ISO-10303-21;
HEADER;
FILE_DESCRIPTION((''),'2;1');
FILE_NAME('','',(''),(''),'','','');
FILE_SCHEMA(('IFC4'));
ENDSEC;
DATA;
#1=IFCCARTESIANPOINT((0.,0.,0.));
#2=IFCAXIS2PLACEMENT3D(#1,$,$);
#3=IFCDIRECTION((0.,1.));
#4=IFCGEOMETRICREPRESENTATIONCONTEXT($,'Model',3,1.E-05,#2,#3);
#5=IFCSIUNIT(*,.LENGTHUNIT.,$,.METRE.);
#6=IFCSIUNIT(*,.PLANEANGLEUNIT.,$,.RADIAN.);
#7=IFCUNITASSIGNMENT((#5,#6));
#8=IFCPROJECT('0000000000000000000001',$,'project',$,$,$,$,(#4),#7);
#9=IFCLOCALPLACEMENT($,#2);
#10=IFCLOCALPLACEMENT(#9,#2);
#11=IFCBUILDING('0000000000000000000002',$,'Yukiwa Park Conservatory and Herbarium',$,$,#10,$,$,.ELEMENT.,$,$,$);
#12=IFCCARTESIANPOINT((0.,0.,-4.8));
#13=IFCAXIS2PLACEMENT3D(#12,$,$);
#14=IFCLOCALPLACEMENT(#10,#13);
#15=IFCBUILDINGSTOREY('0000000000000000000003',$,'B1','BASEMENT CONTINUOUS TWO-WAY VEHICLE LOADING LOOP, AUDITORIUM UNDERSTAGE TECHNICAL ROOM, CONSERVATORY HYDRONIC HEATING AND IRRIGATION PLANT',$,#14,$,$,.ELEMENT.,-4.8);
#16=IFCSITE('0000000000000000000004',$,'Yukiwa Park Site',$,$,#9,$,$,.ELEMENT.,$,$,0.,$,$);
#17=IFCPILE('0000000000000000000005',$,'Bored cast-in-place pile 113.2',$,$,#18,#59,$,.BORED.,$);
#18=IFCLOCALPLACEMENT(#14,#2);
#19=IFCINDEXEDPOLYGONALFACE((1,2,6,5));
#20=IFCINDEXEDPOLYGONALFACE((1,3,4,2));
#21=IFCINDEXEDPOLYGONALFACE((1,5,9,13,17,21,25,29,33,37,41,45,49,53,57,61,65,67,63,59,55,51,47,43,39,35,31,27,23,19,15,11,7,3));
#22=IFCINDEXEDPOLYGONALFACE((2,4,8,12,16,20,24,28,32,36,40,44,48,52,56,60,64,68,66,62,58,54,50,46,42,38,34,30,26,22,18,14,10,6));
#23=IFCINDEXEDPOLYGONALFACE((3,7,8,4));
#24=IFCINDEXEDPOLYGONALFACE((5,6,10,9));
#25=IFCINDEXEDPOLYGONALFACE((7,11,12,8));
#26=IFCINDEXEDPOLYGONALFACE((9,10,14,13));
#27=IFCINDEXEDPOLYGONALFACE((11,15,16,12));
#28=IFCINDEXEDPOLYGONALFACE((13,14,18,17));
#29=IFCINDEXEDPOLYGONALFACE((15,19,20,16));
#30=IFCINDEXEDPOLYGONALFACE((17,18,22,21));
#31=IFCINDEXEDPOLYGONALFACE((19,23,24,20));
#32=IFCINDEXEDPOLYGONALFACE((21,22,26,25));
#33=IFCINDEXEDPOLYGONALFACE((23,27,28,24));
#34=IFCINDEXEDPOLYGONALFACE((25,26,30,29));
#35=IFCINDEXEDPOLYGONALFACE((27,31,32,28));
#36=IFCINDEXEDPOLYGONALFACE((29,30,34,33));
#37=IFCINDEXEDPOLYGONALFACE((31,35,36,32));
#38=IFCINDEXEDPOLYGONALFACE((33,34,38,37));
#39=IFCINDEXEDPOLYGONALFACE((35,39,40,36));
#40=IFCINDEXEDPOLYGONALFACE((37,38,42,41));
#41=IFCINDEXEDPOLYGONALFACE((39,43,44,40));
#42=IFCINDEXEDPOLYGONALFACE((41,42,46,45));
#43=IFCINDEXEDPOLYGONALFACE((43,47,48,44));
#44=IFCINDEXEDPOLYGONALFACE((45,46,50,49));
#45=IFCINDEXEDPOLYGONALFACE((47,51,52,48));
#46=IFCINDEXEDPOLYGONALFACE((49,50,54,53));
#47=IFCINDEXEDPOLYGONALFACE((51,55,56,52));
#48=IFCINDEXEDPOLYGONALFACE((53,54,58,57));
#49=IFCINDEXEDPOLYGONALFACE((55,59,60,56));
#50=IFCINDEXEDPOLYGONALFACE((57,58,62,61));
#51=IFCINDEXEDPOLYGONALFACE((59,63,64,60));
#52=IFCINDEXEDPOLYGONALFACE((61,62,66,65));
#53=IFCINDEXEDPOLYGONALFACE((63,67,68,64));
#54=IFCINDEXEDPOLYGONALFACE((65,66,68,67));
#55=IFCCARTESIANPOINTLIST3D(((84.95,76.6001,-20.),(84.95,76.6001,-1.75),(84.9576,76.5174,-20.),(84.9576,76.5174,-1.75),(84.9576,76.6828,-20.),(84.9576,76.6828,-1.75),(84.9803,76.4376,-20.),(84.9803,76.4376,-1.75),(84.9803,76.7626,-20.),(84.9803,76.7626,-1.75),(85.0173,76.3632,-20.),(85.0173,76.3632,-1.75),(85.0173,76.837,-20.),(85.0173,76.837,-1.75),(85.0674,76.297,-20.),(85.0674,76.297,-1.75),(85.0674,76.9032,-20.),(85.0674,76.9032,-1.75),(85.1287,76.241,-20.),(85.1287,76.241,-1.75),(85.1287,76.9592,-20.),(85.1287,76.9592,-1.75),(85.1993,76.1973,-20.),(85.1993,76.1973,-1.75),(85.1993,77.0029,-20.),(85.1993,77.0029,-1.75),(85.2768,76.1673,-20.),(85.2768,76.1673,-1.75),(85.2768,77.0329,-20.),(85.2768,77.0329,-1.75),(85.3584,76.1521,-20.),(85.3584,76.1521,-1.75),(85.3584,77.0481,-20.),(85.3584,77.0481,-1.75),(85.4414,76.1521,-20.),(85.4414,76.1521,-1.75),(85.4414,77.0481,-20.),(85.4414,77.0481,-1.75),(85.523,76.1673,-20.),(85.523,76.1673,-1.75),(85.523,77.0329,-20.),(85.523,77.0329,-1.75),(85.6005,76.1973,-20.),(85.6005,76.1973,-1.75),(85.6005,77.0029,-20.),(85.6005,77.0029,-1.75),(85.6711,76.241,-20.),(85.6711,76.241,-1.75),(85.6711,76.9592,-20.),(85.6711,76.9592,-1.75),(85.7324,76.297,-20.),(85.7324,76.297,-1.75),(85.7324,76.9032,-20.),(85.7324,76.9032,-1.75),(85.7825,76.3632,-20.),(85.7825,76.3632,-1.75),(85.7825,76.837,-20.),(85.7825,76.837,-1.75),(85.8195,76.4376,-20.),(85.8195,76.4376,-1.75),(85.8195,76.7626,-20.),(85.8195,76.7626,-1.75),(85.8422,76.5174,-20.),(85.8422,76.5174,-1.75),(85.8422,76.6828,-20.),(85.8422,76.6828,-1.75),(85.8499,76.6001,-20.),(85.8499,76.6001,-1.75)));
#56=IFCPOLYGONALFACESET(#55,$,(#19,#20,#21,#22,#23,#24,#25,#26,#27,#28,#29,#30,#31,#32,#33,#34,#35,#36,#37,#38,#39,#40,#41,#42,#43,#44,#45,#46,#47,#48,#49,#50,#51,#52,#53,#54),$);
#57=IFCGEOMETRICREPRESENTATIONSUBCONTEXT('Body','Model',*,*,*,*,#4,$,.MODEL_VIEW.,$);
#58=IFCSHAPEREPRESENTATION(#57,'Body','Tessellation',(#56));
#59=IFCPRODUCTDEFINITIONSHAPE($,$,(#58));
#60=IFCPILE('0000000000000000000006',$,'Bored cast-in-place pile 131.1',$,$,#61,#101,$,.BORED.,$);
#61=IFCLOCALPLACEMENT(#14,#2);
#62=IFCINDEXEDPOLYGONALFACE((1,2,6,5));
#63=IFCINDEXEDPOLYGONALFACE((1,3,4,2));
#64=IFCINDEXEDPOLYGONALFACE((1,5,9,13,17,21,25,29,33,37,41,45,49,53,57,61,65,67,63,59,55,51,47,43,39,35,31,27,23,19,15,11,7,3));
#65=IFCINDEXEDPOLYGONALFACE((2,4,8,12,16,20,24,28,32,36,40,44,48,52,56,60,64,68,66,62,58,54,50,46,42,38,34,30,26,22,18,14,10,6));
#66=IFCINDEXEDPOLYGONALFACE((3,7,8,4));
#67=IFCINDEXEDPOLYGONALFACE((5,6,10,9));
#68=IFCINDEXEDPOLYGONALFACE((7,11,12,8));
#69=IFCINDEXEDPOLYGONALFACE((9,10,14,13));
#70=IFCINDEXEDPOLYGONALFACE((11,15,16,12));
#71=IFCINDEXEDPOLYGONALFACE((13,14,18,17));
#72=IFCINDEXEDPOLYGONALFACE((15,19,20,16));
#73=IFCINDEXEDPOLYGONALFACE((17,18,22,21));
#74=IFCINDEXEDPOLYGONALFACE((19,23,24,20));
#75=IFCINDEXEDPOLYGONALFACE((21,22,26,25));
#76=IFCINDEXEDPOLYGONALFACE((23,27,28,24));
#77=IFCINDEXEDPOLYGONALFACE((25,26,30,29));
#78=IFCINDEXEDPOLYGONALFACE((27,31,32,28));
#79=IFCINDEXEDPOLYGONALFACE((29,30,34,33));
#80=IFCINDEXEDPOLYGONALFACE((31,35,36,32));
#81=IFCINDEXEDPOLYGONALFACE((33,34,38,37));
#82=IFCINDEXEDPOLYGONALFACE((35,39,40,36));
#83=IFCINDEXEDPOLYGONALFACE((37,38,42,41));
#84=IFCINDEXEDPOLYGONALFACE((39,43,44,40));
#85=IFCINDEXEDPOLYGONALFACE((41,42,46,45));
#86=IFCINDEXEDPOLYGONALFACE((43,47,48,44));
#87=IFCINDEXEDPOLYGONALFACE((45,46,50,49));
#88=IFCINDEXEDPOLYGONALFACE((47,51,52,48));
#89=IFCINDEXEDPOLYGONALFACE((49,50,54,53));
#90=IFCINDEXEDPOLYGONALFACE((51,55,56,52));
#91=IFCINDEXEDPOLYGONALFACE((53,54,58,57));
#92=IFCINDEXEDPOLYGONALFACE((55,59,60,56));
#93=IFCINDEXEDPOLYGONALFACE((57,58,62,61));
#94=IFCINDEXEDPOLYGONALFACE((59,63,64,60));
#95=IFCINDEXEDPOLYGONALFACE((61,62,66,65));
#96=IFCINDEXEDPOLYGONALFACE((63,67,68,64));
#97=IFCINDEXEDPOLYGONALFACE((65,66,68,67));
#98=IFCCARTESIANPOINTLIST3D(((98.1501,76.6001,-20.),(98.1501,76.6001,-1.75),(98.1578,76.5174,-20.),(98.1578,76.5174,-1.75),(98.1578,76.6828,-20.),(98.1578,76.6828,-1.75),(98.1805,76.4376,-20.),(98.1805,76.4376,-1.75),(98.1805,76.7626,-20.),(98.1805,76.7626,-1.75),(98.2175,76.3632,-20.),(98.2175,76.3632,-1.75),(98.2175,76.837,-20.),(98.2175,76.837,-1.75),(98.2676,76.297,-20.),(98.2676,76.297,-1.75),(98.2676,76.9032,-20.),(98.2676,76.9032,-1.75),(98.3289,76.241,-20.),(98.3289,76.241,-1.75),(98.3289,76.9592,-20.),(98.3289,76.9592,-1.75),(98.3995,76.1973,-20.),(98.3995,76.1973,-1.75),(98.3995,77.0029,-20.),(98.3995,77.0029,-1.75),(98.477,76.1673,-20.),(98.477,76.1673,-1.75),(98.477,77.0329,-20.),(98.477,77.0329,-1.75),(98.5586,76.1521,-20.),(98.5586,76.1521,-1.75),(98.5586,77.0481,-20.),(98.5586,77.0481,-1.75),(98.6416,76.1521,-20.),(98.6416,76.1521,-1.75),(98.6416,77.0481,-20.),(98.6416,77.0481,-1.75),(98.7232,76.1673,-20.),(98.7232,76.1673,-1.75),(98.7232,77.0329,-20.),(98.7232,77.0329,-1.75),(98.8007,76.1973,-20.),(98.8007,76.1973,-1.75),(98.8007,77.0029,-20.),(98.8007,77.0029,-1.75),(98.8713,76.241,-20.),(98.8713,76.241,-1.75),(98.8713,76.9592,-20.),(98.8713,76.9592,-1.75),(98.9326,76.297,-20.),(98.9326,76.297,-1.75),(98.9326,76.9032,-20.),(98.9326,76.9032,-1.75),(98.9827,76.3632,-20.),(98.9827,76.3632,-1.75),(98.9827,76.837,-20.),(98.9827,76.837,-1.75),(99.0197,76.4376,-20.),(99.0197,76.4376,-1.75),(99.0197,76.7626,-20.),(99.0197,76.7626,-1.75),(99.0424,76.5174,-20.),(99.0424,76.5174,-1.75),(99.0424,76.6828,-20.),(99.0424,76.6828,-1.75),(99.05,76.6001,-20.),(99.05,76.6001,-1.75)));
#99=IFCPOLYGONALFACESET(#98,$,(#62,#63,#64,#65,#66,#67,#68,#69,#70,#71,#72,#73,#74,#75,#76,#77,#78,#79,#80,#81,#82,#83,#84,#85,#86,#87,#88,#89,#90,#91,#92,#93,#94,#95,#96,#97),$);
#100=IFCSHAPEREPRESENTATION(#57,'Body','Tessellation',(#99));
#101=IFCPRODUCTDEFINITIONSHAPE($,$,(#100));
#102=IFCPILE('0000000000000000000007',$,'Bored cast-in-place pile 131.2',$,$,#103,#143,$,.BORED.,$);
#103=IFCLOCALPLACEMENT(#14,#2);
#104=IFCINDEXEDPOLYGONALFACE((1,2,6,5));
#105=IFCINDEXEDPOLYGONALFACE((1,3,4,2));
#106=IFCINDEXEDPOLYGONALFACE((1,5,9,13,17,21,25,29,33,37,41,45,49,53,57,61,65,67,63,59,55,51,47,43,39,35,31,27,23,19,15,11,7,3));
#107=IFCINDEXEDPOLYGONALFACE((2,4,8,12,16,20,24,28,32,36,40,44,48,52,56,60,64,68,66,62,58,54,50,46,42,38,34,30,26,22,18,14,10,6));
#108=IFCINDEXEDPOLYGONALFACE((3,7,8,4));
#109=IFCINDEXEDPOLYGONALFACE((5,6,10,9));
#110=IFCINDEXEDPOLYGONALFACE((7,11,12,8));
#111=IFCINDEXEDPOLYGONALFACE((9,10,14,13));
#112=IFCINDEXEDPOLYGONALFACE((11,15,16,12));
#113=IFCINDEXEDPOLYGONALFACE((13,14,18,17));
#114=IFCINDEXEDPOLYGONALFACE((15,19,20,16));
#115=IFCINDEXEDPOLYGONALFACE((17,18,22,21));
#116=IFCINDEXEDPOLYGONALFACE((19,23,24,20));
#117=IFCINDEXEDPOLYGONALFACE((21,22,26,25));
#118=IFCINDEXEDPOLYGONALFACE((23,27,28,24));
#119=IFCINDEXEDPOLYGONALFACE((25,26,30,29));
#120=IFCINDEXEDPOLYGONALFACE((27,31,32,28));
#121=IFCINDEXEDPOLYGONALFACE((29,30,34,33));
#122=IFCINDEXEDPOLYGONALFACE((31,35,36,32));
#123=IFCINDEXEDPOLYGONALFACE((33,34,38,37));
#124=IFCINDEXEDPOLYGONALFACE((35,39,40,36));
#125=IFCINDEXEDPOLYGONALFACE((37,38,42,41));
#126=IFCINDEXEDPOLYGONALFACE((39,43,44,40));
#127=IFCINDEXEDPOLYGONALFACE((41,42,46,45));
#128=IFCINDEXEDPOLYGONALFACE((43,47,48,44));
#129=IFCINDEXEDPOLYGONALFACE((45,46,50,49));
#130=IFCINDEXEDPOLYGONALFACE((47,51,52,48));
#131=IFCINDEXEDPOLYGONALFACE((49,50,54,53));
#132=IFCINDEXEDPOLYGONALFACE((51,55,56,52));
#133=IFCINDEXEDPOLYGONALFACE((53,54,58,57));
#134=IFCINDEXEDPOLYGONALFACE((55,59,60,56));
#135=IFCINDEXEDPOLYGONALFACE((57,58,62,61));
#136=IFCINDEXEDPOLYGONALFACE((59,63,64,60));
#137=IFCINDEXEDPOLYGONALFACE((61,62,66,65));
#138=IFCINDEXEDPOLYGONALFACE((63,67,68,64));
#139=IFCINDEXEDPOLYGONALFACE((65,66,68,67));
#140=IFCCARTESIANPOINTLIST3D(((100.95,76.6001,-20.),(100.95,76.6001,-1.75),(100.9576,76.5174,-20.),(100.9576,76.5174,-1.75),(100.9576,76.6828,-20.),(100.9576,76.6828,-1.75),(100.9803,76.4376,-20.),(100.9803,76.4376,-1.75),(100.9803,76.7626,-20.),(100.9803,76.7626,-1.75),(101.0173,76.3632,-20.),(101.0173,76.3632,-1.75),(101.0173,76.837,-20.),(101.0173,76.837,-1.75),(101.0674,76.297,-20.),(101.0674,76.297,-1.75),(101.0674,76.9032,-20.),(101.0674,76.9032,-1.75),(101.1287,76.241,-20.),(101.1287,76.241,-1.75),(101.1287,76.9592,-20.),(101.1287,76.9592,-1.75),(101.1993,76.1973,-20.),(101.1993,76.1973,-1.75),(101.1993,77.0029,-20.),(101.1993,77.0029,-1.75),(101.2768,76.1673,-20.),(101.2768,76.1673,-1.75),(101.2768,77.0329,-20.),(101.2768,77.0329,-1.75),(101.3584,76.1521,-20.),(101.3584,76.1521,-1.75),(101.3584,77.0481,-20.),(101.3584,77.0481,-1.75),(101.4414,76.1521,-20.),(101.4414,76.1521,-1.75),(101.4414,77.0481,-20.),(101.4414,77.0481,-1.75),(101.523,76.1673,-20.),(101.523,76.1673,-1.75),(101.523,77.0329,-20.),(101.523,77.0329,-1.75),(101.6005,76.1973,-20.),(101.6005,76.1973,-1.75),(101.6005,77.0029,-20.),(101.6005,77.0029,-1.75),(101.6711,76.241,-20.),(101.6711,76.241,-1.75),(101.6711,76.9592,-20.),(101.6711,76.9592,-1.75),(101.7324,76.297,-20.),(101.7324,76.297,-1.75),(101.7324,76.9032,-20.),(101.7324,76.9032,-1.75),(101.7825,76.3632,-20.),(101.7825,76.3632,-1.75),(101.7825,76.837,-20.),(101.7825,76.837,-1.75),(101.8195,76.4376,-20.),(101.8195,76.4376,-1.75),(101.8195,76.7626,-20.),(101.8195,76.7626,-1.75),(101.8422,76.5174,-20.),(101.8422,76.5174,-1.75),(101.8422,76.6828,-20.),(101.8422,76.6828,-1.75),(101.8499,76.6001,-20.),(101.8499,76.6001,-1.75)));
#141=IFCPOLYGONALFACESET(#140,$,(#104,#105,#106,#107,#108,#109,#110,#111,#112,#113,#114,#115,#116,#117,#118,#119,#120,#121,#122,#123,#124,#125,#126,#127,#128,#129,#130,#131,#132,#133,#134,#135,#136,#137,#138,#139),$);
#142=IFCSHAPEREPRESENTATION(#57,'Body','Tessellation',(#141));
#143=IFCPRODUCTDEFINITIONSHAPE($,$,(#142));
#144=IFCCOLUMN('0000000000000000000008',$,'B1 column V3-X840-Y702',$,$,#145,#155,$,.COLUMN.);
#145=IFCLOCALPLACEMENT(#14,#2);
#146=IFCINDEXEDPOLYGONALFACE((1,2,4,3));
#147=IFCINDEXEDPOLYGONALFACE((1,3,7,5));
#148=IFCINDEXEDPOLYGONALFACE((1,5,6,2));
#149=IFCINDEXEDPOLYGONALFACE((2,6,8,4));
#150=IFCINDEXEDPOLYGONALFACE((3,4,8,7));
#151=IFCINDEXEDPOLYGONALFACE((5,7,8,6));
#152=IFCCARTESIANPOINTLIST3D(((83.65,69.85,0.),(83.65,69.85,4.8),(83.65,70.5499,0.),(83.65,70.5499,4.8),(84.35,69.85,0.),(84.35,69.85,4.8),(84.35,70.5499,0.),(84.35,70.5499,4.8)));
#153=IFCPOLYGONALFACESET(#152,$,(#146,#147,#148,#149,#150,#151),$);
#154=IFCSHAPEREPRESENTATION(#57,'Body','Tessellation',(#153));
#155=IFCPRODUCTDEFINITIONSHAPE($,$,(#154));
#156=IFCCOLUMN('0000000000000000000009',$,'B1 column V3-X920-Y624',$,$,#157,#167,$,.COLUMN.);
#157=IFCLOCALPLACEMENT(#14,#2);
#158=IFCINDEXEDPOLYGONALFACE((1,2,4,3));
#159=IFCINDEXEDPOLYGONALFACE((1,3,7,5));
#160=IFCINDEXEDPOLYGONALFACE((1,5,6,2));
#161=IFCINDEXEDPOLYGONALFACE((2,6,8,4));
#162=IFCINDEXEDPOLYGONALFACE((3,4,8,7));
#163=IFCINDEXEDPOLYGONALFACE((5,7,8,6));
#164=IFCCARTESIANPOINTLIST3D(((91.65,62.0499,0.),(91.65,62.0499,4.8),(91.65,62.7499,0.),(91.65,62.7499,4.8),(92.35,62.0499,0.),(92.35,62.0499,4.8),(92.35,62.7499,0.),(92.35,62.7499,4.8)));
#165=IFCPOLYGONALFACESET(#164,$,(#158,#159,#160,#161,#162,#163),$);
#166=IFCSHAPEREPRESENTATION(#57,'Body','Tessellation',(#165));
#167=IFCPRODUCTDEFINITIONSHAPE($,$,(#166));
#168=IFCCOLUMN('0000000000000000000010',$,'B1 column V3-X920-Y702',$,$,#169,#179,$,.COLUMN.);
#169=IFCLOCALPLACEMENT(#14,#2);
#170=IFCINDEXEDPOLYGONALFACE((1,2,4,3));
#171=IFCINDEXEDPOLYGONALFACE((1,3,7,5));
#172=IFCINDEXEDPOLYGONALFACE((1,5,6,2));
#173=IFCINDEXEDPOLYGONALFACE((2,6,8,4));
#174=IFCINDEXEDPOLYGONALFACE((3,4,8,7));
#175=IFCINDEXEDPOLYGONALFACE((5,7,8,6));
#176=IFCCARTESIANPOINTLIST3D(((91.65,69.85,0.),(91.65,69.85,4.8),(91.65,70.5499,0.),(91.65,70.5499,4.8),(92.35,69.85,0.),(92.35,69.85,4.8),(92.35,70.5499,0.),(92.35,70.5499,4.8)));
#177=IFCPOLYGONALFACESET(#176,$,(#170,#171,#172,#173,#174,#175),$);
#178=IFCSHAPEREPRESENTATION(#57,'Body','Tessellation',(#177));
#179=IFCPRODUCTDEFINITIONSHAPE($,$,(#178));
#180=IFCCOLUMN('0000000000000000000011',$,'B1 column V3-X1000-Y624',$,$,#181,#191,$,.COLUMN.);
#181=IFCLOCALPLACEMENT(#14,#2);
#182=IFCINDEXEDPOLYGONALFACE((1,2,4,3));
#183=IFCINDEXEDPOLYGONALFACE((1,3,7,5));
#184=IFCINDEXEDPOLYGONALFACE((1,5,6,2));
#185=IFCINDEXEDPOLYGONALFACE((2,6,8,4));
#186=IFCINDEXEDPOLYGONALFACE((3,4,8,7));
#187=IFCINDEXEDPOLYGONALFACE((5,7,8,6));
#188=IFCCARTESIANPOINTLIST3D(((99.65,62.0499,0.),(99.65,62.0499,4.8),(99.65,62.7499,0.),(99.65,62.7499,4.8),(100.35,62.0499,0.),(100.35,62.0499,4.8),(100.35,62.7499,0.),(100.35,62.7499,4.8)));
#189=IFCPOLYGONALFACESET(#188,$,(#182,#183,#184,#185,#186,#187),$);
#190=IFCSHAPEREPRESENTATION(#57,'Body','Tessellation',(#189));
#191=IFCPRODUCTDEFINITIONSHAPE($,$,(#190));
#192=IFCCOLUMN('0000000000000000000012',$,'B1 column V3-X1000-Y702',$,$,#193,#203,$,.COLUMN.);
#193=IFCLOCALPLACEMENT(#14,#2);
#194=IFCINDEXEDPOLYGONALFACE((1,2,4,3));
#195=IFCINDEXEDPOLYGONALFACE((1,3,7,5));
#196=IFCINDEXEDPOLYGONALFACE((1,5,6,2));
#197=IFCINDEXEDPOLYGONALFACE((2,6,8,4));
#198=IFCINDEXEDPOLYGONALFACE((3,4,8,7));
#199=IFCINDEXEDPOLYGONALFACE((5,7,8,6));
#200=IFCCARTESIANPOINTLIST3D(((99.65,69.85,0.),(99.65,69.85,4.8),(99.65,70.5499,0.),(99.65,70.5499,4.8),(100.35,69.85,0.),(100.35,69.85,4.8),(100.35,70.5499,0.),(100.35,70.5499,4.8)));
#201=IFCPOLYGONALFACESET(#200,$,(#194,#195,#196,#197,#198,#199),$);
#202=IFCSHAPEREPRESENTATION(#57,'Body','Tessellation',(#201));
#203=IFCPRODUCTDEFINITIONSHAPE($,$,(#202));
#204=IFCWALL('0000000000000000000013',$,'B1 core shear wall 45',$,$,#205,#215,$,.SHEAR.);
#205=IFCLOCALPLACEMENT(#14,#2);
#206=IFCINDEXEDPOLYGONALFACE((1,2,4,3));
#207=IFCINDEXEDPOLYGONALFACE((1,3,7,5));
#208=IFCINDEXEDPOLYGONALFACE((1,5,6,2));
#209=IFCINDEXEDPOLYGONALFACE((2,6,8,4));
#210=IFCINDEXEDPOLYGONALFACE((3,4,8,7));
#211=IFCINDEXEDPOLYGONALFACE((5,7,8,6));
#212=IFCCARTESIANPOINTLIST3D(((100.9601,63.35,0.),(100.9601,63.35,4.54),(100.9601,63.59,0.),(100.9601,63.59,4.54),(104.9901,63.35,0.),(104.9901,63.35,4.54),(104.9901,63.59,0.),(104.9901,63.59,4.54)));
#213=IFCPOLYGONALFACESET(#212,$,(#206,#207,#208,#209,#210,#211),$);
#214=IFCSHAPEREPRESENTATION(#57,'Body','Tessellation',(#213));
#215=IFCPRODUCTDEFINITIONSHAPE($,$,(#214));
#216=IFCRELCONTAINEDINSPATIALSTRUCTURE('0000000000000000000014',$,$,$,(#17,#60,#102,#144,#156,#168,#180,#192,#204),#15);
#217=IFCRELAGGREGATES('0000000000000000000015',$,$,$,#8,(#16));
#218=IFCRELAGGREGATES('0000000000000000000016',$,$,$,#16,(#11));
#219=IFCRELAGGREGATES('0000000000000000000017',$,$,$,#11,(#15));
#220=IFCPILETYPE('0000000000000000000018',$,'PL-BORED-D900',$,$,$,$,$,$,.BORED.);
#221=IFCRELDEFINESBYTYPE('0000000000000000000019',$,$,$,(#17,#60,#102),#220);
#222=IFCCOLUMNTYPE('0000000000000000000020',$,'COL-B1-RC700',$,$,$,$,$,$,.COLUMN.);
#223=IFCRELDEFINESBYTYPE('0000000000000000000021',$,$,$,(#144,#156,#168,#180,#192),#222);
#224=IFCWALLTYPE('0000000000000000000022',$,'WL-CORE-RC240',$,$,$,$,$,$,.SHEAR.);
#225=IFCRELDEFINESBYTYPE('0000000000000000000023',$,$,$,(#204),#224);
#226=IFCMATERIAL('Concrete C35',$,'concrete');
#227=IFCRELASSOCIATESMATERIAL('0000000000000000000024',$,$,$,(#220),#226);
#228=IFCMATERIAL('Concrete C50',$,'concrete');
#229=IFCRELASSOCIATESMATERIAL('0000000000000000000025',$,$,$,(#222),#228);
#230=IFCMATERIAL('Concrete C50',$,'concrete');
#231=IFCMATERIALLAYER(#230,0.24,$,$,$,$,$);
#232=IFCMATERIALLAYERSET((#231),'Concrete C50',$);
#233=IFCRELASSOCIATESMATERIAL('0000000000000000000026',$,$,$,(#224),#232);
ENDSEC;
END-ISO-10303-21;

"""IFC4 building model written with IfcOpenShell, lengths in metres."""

from ifc_helpers import new_model, si_unit, direction, frame, frame_2d, origin, origin_2d, place, context, subcontext, project, spatial, rectangle, circle, extrude, material, layer, layer_set, material_profile, profile_set, type_object, element, save


model = new_model("IFC4")

# Units and contexts
model_context = context("Model", 3, precision=1e-05, world=origin(), true_north=direction((0.0, 1.0)))
body_context = subcontext(model_context, "Body", "Model", "MODEL_VIEW")
ifc_project = project(units=[si_unit("LENGTHUNIT", "METRE"), si_unit("PLANEANGLEUNIT", "RADIAN")], contexts=[model_context])

# Site, building, storey
site_placement = place(None, origin())
site = spatial("IfcSite", under=ifc_project, at=site_placement, Name="Yukiwa Park Site", CompositionType="ELEMENT", RefElevation=0.0)
building_placement = place(site_placement, origin())
building = spatial("IfcBuilding", under=site, at=building_placement, Name="Yukiwa Park Conservatory and Herbarium", CompositionType="ELEMENT")
storey_placement = place(building_placement, frame((0.0, 0.0, -4.8)))
storey = spatial("IfcBuildingStorey", under=building, at=storey_placement, Name="B1", Description="BASEMENT CONTINUOUS TWO-WAY VEHICLE LOADING LOOP, AUDITORIUM UNDERSTAGE TECHNICAL ROOM, CONSERVATORY HYDRONIC HEATING AND IRRIGATION PLANT", CompositionType="ELEMENT", Elevation=-4.8)

# Piles
ifc_material_1 = material(Name="Concrete C35", Category="concrete")
ifc_material_profile_1 = material_profile(ifc_material_1, circle(Radius=0.45, at=origin_2d()), Name="PILE D900")
ifc_profile_set_1 = profile_set([ifc_material_profile_1], Name="Concrete C35")
pile_type_1 = type_object("IfcPileType", Name="PL-BORED-D900", PredefinedType="BORED", material=ifc_profile_set_1)
for number, where, z_axis, x_axis, name in (
    (1, (85.3999, 76.6001, -1.75), (0.0, 0.0, -1.0), (1.0, 0.0, 0.0), "Bored cast-in-place pile 113.2"),
    (2, (98.6001, 76.6001, -1.75), (0.0, 0.0, -1.0), (1.0, 0.0, 0.0), "Bored cast-in-place pile 131.1"),
    (3, (101.3999, 76.6001, -1.75), (0.0, 0.0, -1.0), (1.0, 0.0, 0.0), "Bored cast-in-place pile 131.2"),
):
    element("IfcPile", number, at=place(storey_placement, frame(where, z_axis=z_axis, x_axis=x_axis)), inside=storey, type_object=pile_type_1, Name=name, PredefinedType="BORED", context=body_context, shape_type="SweptSolid", body=[
        extrude(circle(Radius=0.45, at=origin_2d()), origin(), (0.0, 0.0, 1.0), 18.25),
    ])

# Columns
ifc_material_2 = material(Name="Concrete C50", Category="concrete")
ifc_material_profile_2 = material_profile(ifc_material_2, rectangle(XDim=0.7, YDim=0.7, at=origin_2d()), Name="RC 700x700")
ifc_profile_set_2 = profile_set([ifc_material_profile_2], Name="Concrete C50")
column_type = type_object("IfcColumnType", Name="COL-B1-RC700", PredefinedType="COLUMN", material=ifc_profile_set_2)
for number, where, z_axis, x_axis, name in (
    (4, (84.0, 70.2, 0.0), (0.0, 0.0, 1.0), (1.0, 0.0, 0.0), "B1 column V3-X840-Y702"),
    (5, (92.0, 62.3999, 0.0), (0.0, 0.0, 1.0), (1.0, 0.0, 0.0), "B1 column V3-X920-Y624"),
    (6, (92.0, 70.2, 0.0), (0.0, 0.0, 1.0), (1.0, 0.0, 0.0), "B1 column V3-X920-Y702"),
    (7, (100.0, 62.3999, 0.0), (0.0, 0.0, 1.0), (1.0, 0.0, 0.0), "B1 column V3-X1000-Y624"),
    (8, (100.0, 70.2, 0.0), (0.0, 0.0, 1.0), (1.0, 0.0, 0.0), "B1 column V3-X1000-Y702"),
):
    element("IfcColumn", number, at=place(storey_placement, frame(where, z_axis=z_axis, x_axis=x_axis)), inside=storey, type_object=column_type, Name=name, PredefinedType="COLUMN", context=body_context, shape_type="SweptSolid", body=[
        extrude(rectangle(XDim=0.7, YDim=0.7, at=origin_2d()), origin(), (0.0, 0.0, 1.0), 4.8),
    ])

# Wall
ifc_material_3 = material(Name="Concrete C50", Category="concrete")
ifc_layer = layer(ifc_material_3, 0.24)
ifc_layer_set = layer_set([ifc_layer], Name="Concrete C50")
wall_type = type_object("IfcWallType", Name="WL-CORE-RC240", PredefinedType="SHEAR", material=ifc_layer_set)
wall_placement = place(storey_placement, frame((100.96, 63.47, 0.0), z_axis=(0.0, 0.0, 1.0), x_axis=(1.0, 0.0, 0.0)))
element("IfcWall", 9, at=wall_placement, inside=storey, type_object=wall_type, Name="B1 core shear wall 45", PredefinedType="SHEAR", context=body_context, shape_type="SweptSolid", body=[
    extrude(rectangle(XDim=4.03, YDim=0.24, at=frame_2d((2.0151, 0.0))), origin(), (0.0, 0.0, 1.0), 4.54),
])

save(model, "model.ifc")
